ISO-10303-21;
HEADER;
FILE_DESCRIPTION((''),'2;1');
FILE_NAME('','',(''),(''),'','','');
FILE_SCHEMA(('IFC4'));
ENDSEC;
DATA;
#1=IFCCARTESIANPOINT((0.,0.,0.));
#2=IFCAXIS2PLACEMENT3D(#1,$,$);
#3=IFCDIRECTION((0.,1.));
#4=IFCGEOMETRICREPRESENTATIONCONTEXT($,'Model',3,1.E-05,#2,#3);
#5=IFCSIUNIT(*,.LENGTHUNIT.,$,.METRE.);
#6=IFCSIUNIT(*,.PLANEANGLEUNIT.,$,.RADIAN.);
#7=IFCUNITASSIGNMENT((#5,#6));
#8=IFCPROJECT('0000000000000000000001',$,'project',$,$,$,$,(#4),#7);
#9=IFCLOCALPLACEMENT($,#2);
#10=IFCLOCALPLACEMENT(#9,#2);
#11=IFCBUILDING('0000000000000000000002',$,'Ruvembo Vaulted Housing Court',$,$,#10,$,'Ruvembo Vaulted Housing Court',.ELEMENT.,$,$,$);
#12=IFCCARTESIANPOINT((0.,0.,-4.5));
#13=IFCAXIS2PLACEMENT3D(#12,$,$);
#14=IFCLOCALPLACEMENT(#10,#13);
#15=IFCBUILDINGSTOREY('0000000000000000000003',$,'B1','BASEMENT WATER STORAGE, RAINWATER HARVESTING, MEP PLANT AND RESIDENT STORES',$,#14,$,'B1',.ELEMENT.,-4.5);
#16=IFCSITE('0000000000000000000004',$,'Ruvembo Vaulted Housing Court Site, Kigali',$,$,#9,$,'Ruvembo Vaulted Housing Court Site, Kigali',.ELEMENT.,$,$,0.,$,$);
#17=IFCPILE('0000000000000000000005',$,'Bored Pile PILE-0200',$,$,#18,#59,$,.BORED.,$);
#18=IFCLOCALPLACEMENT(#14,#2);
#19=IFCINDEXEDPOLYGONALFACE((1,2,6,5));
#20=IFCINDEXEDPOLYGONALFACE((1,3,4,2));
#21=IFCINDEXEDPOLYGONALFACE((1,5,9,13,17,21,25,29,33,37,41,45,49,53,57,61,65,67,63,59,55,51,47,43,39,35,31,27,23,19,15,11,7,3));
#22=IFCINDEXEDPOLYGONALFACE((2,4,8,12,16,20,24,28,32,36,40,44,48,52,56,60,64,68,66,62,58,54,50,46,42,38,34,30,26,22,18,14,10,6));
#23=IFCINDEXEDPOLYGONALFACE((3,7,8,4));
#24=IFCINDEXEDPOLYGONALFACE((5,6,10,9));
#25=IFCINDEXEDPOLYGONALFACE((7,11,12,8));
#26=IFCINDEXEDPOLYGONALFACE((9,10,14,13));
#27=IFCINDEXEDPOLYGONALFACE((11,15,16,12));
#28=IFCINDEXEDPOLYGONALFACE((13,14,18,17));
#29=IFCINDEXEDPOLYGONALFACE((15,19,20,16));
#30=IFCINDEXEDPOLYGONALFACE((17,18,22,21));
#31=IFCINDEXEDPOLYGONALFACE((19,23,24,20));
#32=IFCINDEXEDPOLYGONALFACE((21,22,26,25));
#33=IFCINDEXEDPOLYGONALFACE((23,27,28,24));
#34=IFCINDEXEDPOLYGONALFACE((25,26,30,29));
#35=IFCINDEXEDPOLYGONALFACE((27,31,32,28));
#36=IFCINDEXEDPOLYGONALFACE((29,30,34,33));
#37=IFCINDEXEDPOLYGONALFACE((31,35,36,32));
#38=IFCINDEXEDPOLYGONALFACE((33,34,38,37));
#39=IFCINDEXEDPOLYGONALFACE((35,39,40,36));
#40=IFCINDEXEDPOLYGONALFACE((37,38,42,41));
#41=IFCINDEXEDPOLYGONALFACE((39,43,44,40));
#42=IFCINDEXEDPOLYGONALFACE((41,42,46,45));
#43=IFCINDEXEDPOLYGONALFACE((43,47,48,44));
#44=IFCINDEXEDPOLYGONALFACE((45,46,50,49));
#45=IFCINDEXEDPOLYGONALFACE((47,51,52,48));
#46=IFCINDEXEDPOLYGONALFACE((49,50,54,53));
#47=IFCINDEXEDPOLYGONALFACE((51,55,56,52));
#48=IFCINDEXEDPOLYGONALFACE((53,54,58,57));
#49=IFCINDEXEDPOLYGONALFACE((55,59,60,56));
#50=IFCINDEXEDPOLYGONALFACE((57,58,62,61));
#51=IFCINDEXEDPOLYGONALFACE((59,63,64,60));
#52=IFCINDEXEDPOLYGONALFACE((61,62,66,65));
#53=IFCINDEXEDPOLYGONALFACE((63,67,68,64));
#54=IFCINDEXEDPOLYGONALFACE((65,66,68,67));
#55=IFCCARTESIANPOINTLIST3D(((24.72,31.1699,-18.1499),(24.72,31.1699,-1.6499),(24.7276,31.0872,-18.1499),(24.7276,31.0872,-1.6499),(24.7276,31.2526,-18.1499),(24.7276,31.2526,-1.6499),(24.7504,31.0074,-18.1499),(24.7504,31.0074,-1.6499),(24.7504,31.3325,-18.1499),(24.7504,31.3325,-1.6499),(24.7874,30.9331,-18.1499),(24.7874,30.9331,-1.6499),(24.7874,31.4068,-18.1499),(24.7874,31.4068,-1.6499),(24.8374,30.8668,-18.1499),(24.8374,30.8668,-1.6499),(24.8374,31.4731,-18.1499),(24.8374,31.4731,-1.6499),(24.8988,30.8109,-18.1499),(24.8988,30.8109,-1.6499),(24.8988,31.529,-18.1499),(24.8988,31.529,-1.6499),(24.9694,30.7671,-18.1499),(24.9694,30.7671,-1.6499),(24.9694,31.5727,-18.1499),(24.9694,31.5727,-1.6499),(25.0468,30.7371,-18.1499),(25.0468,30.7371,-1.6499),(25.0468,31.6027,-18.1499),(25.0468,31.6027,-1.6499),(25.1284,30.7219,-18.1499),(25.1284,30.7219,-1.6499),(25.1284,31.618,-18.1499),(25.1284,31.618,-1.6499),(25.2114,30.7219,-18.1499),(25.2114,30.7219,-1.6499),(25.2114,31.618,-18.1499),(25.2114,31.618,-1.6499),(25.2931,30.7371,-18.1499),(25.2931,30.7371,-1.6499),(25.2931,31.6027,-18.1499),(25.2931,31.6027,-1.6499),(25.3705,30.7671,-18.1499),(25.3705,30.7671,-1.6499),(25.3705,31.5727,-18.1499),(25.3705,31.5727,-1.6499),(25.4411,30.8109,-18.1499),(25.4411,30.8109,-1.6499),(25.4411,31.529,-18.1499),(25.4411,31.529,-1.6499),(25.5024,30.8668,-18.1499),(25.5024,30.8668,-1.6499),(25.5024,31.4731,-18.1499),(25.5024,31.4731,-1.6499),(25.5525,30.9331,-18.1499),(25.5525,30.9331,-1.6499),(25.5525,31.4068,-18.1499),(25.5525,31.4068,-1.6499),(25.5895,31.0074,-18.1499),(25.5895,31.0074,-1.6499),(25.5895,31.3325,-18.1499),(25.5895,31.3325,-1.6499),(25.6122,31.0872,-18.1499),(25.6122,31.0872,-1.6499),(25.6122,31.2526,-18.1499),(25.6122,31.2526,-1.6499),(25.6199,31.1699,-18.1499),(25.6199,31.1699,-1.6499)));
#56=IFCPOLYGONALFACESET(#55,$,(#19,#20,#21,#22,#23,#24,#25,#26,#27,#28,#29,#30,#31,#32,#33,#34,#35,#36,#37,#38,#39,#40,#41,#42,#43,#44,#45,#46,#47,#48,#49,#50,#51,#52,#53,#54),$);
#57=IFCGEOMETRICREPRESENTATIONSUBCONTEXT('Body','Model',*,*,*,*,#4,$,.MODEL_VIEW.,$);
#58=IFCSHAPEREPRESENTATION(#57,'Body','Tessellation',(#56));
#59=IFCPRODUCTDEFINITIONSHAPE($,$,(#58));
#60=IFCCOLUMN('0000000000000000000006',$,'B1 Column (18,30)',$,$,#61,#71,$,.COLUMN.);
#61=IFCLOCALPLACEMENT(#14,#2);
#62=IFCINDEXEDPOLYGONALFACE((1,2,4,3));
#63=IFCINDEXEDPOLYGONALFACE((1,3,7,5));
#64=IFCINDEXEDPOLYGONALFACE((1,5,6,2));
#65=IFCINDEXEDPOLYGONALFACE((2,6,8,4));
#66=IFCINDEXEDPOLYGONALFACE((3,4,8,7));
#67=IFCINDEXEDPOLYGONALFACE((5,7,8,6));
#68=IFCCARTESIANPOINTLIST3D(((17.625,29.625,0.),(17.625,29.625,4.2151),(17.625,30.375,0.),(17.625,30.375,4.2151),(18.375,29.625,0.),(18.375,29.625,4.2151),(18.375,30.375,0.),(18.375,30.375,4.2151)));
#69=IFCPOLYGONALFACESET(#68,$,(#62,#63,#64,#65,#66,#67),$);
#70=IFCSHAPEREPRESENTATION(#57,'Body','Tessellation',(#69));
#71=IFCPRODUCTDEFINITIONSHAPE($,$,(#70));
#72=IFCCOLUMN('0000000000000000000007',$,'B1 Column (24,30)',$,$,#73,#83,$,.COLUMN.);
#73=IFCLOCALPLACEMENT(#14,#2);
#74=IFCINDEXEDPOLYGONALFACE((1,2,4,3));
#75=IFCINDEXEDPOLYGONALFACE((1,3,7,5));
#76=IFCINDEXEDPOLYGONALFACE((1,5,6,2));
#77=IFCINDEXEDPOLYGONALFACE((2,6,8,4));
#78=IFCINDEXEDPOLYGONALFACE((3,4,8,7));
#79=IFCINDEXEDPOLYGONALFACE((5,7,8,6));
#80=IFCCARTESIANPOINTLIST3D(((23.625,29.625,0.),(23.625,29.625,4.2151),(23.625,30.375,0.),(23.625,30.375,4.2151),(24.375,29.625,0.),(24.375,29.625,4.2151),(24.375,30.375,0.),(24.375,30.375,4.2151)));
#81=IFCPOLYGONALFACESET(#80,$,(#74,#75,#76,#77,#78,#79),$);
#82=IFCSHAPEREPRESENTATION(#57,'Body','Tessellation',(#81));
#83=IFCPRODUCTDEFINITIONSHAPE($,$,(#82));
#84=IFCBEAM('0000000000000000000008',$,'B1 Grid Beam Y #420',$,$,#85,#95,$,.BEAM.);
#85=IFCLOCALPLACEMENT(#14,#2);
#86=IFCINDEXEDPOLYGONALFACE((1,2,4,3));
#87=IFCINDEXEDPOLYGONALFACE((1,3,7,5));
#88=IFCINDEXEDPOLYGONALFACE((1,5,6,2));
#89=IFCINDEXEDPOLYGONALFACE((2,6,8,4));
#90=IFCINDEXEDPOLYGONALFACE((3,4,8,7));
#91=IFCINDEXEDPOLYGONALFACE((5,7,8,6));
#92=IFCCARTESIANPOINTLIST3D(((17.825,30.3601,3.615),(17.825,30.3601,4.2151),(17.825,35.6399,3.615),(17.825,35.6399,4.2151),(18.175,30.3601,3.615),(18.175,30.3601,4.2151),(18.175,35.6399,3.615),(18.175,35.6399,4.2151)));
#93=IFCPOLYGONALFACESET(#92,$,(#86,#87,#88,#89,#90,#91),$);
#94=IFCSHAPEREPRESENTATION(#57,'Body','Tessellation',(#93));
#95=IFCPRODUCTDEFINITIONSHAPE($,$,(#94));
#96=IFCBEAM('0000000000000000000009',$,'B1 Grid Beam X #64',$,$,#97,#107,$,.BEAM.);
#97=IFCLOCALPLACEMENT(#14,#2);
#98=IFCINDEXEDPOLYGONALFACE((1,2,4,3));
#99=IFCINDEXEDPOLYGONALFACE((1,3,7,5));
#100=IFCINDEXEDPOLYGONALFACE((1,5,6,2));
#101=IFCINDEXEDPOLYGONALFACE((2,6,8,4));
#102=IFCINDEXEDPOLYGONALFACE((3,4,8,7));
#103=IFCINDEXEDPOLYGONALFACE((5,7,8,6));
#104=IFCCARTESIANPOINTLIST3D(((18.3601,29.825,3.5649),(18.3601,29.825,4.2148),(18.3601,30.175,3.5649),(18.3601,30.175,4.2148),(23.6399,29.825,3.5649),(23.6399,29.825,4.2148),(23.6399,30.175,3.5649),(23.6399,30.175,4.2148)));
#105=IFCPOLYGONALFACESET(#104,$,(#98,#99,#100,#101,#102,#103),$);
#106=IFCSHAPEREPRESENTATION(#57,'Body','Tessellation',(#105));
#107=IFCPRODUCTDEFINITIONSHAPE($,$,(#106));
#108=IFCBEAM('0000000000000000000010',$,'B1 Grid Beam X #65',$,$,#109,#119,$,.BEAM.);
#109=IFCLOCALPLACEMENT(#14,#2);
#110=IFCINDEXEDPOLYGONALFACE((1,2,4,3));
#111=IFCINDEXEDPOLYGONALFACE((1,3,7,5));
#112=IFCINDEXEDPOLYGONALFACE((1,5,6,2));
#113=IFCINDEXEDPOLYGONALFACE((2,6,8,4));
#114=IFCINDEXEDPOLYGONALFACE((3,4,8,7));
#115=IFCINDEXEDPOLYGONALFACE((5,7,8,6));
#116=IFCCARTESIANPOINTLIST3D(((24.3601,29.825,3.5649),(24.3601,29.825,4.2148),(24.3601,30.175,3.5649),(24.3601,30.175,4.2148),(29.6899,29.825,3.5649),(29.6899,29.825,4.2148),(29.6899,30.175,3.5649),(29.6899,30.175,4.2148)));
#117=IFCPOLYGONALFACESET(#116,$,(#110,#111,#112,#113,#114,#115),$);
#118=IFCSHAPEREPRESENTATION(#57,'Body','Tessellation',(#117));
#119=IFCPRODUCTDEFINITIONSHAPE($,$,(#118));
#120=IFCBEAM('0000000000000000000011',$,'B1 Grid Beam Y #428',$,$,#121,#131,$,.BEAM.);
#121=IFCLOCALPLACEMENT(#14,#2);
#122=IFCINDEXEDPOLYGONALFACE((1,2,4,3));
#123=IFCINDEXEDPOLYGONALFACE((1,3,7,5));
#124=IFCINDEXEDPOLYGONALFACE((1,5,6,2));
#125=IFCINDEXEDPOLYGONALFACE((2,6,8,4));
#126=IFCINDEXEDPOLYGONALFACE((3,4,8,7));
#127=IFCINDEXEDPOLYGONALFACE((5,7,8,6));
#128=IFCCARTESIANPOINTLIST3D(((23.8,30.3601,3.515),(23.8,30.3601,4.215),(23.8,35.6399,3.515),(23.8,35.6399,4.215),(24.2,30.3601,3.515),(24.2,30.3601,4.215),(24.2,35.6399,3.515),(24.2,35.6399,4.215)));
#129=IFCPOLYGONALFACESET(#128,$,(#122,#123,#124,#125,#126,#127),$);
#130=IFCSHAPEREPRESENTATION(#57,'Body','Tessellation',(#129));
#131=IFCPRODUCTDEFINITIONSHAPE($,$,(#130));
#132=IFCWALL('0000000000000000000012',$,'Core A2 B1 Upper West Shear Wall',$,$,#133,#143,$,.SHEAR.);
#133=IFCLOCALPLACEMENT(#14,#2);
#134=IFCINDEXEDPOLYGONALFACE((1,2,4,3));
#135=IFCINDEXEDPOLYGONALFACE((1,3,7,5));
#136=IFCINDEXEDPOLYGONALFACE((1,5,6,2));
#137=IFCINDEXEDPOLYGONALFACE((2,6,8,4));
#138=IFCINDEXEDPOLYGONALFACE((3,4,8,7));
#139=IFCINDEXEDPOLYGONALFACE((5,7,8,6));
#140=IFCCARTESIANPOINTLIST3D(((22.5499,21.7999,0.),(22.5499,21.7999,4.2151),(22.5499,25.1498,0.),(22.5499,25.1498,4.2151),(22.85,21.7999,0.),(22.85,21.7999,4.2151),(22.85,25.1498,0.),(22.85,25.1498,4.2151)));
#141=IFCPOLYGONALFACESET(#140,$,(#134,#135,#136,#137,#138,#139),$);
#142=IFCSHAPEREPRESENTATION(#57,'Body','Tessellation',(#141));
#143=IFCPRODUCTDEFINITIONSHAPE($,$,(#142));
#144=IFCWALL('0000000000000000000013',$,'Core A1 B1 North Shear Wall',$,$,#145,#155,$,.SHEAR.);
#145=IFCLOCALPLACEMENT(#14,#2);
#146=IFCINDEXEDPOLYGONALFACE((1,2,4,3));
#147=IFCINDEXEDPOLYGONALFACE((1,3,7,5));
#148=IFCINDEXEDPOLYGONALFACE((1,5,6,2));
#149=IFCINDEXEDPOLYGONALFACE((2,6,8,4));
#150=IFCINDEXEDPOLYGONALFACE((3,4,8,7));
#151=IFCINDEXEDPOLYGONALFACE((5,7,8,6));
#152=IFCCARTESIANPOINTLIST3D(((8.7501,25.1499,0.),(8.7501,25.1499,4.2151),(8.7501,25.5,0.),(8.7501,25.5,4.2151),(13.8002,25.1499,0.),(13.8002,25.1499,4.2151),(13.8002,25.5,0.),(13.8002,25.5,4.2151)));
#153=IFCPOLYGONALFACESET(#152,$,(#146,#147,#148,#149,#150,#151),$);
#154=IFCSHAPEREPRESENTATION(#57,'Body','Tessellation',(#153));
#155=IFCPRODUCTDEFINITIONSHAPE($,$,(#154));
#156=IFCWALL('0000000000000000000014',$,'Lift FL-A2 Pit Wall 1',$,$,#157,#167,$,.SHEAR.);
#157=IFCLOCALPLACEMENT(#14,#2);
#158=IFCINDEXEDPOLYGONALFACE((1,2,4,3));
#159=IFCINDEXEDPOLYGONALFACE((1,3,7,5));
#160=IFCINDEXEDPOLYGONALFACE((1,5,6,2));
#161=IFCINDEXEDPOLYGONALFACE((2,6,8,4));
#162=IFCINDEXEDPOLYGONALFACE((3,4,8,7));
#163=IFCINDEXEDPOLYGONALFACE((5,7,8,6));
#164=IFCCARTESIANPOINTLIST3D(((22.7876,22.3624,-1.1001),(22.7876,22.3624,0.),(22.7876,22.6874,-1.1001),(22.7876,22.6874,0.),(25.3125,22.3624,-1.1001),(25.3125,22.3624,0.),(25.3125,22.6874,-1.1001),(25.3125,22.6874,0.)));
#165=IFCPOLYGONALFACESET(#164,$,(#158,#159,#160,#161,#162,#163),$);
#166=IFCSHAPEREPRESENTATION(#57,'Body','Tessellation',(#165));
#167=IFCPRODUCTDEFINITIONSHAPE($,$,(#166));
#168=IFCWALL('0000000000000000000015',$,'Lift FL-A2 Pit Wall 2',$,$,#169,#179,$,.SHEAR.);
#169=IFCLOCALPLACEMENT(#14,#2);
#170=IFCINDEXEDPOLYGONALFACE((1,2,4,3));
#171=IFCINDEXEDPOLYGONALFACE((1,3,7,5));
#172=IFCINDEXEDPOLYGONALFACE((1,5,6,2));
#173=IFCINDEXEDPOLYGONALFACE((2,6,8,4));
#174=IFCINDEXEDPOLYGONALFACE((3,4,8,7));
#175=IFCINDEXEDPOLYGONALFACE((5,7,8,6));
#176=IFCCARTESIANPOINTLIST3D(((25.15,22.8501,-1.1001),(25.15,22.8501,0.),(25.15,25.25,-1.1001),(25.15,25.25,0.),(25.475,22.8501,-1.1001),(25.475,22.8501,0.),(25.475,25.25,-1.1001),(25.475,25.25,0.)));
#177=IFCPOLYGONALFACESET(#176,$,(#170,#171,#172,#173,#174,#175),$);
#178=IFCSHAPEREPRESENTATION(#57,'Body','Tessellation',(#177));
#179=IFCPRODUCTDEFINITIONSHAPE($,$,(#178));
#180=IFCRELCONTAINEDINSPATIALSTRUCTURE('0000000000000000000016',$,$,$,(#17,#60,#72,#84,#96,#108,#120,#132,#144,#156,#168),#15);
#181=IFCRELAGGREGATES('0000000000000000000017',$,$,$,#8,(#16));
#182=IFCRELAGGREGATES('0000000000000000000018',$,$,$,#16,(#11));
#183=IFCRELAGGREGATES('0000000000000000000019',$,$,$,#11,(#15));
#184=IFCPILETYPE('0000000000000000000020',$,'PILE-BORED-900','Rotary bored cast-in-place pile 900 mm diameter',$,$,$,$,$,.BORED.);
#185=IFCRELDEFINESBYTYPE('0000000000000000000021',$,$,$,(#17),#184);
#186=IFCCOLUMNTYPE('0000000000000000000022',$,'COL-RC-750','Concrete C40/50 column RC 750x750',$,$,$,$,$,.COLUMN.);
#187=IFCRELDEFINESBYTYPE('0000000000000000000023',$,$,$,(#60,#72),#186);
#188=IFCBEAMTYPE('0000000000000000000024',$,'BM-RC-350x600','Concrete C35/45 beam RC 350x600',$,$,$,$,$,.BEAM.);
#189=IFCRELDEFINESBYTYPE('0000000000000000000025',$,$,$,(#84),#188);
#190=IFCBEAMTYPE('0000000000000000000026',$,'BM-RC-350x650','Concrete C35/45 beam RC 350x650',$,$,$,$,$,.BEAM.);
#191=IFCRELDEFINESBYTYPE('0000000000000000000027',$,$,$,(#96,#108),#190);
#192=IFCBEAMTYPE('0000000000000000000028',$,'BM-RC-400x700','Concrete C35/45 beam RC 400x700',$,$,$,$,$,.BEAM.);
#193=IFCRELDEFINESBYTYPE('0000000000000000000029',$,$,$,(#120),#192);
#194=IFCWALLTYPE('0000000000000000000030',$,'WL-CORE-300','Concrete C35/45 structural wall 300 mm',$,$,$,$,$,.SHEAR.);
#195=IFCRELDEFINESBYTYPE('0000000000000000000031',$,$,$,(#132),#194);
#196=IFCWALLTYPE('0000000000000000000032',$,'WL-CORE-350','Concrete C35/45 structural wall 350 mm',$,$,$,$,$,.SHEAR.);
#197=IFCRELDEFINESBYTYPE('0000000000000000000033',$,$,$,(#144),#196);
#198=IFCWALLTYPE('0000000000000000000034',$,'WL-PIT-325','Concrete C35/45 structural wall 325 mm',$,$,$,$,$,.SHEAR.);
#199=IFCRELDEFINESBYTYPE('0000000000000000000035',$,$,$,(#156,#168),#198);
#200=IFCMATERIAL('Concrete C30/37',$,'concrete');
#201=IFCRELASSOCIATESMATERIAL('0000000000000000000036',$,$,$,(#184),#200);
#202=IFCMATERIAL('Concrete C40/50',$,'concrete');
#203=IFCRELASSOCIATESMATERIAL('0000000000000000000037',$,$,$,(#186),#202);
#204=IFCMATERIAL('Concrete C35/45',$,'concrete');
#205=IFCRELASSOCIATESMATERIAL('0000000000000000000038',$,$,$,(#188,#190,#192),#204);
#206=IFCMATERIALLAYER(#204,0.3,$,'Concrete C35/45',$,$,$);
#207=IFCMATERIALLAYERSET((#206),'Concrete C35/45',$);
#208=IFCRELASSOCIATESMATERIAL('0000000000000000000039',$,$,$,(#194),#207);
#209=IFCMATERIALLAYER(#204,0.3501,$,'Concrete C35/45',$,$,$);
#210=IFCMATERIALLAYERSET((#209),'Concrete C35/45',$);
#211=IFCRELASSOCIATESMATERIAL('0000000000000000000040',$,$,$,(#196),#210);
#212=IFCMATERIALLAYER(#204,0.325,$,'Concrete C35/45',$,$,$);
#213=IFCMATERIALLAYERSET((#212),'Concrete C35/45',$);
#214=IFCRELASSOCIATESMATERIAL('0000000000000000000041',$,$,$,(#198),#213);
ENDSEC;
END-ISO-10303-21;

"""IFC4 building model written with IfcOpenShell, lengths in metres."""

from ifc_helpers import new_model, si_unit, direction, frame, frame_2d, origin, origin_2d, place, context, subcontext, project, spatial, rectangle, circle, extrude, material, layer, layer_set, material_profile, profile_set, type_object, element, save


model = new_model("IFC4")

# Units and contexts
model_context = context("Model", 3, precision=1e-05, world=origin(), true_north=direction((0.0, 1.0)))
body_context = subcontext(model_context, "Body", "Model", "MODEL_VIEW")
ifc_project = project(units=[si_unit("LENGTHUNIT", "METRE"), si_unit("PLANEANGLEUNIT", "RADIAN")], contexts=[model_context])

# Site, building, storey
site_placement = place(None, origin())
site = spatial("IfcSite", under=ifc_project, at=site_placement, Name="Ruvembo Vaulted Housing Court Site, Kigali", LongName="Ruvembo Vaulted Housing Court Site, Kigali", CompositionType="ELEMENT", RefElevation=0.0)
building_placement = place(site_placement, origin())
building = spatial("IfcBuilding", under=site, at=building_placement, Name="Ruvembo Vaulted Housing Court", LongName="Ruvembo Vaulted Housing Court", CompositionType="ELEMENT")
storey_placement = place(building_placement, frame((0.0, 0.0, -4.5)))
storey = spatial("IfcBuildingStorey", under=building, at=storey_placement, Name="B1", Description="BASEMENT WATER STORAGE, RAINWATER HARVESTING, MEP PLANT AND RESIDENT STORES", LongName="B1", CompositionType="ELEMENT", Elevation=-4.5)

# Shared definitions
ifc_material_1 = material(Name="Concrete C35/45", Category="concrete")

# Pile
ifc_material_2 = material(Name="Concrete C30/37", Category="concrete")
ifc_material_profile_1 = material_profile(ifc_material_2, circle(Radius=0.45, at=origin_2d()), Name="PILE D900")
ifc_profile_set_1 = profile_set([ifc_material_profile_1], Name="Concrete C30/37")
pile_type_1 = type_object("IfcPileType", Name="PILE-BORED-900", Description="Rotary bored cast-in-place pile 900 mm diameter", PredefinedType="BORED", material=ifc_profile_set_1)
for number, where, z_axis, x_axis, name in (
    (1, (25.1699, 31.1699, -1.6499), (0.0, 0.0, -1.0), (1.0, 0.0, 0.0), "Bored Pile PILE-0200"),
):
    element("IfcPile", number, at=place(storey_placement, frame(where, z_axis=z_axis, x_axis=x_axis)), inside=storey, type_object=pile_type_1, Name=name, PredefinedType="BORED", context=body_context, shape_type="SweptSolid", body=[
        extrude(circle(Radius=0.45, at=origin_2d()), origin(), (0.0, 0.0, 1.0), 16.5),
    ])

# Columns
ifc_material_3 = material(Name="Concrete C40/50", Category="concrete")
ifc_material_profile_2 = material_profile(ifc_material_3, rectangle(XDim=0.75, YDim=0.75, at=origin_2d()), Name="RC 750x750")
ifc_profile_set_2 = profile_set([ifc_material_profile_2], Name="Concrete C40/50")
column_type = type_object("IfcColumnType", Name="COL-RC-750", Description="Concrete C40/50 column RC 750x750", PredefinedType="COLUMN", material=ifc_profile_set_2)
for number, where, z_axis, x_axis, name in (
    (2, (18.0, 30.0, 0.0), (0.0, 0.0, 1.0), (1.0, 0.0, 0.0), "B1 Column (18,30)"),
    (3, (24.0, 30.0, 0.0), (0.0, 0.0, 1.0), (1.0, 0.0, 0.0), "B1 Column (24,30)"),
):
    element("IfcColumn", number, at=place(storey_placement, frame(where, z_axis=z_axis, x_axis=x_axis)), inside=storey, type_object=column_type, Name=name, PredefinedType="COLUMN", context=body_context, shape_type="SweptSolid", body=[
        extrude(rectangle(XDim=0.75, YDim=0.75, at=origin_2d()), origin(), (0.0, 0.0, 1.0), 4.2151),
    ])

# Beams
ifc_material_profile_3 = material_profile(ifc_material_1, rectangle(XDim=0.3501, YDim=0.6001, at=origin_2d()), Name="RC 350x600")
ifc_profile_set_3 = profile_set([ifc_material_profile_3], Name="Concrete C35/45")
beam_type_1 = type_object("IfcBeamType", Name="BM-RC-350x600", Description="Concrete C35/45 beam RC 350x600", PredefinedType="BEAM", material=ifc_profile_set_3)
beam_1_placement = place(storey_placement, frame((18.0, 30.3601, 3.915), z_axis=(0.0, 1.0, 0.0), x_axis=(-1.0, 0.0, 0.0)))
element("IfcBeam", 4, at=beam_1_placement, inside=storey, type_object=beam_type_1, Name="B1 Grid Beam Y #420", PredefinedType="BEAM", context=body_context, shape_type="SweptSolid", body=[
    extrude(rectangle(XDim=0.3501, YDim=0.6001, at=origin_2d()), origin(), (0.0, 0.0, 1.0), 5.2798),
])
ifc_material_profile_4 = material_profile(ifc_material_1, rectangle(XDim=0.3501, YDim=0.6499, at=origin_2d()), Name="RC 350x650")
ifc_profile_set_4 = profile_set([ifc_material_profile_4], Name="Concrete C35/45")
beam_type_2 = type_object("IfcBeamType", Name="BM-RC-350x650", Description="Concrete C35/45 beam RC 350x650", PredefinedType="BEAM", material=ifc_profile_set_4)
beam_2_placement = place(storey_placement, frame((18.3601, 30.0, 3.8899), z_axis=(1.0, 0.0, 0.0), x_axis=(0.0, 1.0, 0.0)))
element("IfcBeam", 5, at=beam_2_placement, inside=storey, type_object=beam_type_2, Name="B1 Grid Beam X #64", PredefinedType="BEAM", context=body_context, shape_type="SweptSolid", body=[
    extrude(rectangle(XDim=0.3501, YDim=0.6499, at=origin_2d()), origin(), (0.0, 0.0, 1.0), 5.2798),
])
beam_3_placement = place(storey_placement, frame((24.3601, 30.0, 3.8899), z_axis=(1.0, 0.0, 0.0), x_axis=(0.0, 1.0, 0.0)))
element("IfcBeam", 6, at=beam_3_placement, inside=storey, type_object=beam_type_2, Name="B1 Grid Beam X #65", PredefinedType="BEAM", context=body_context, shape_type="SweptSolid", body=[
    extrude(rectangle(XDim=0.3501, YDim=0.6499, at=origin_2d()), origin(), (0.0, 0.0, 1.0), 5.3298),
])
ifc_material_profile_5 = material_profile(ifc_material_1, rectangle(XDim=0.3999, YDim=0.7, at=origin_2d()), Name="RC 400x700")
ifc_profile_set_5 = profile_set([ifc_material_profile_5], Name="Concrete C35/45")
beam_type_3 = type_object("IfcBeamType", Name="BM-RC-400x700", Description="Concrete C35/45 beam RC 400x700", PredefinedType="BEAM", material=ifc_profile_set_5)
beam_4_placement = place(storey_placement, frame((24.0, 30.3601, 3.865), z_axis=(0.0, 1.0, 0.0), x_axis=(-1.0, 0.0, 0.0)))
element("IfcBeam", 7, at=beam_4_placement, inside=storey, type_object=beam_type_3, Name="B1 Grid Beam Y #428", PredefinedType="BEAM", context=body_context, shape_type="SweptSolid", body=[
    extrude(rectangle(XDim=0.3999, YDim=0.7, at=origin_2d()), origin(), (0.0, 0.0, 1.0), 5.2798),
])

# Walls
ifc_layer_1 = layer(ifc_material_1, 0.3, Name="Concrete C35/45")
ifc_layer_set_1 = layer_set([ifc_layer_1], Name="Concrete C35/45")
wall_type_1 = type_object("IfcWallType", Name="WL-CORE-300", Description="Concrete C35/45 structural wall 300 mm", PredefinedType="SHEAR", material=ifc_layer_set_1)
wall_1_placement = place(storey_placement, frame((22.7, 21.8, 0.0), z_axis=(0.0, 0.0, 1.0), x_axis=(0.0, 1.0, 0.0)))
element("IfcWall", 8, at=wall_1_placement, inside=storey, type_object=wall_type_1, Name="Core A2 B1 Upper West Shear Wall", PredefinedType="SHEAR", context=body_context, shape_type="SweptSolid", body=[
    extrude(rectangle(XDim=3.3499, YDim=0.3, at=frame_2d((1.6748, 0.0))), origin(), (0.0, 0.0, 1.0), 4.2151),
])
ifc_layer_2 = layer(ifc_material_1, 0.3501, Name="Concrete C35/45")
ifc_layer_set_2 = layer_set([ifc_layer_2], Name="Concrete C35/45")
wall_type_2 = type_object("IfcWallType", Name="WL-CORE-350", Description="Concrete C35/45 structural wall 350 mm", PredefinedType="SHEAR", material=ifc_layer_set_2)
wall_2_placement = place(storey_placement, frame((13.8, 25.325, 0.0), z_axis=(0.0, 0.0, 1.0), x_axis=(-1.0, 0.0, 0.0)))
element("IfcWall", 9, at=wall_2_placement, inside=storey, type_object=wall_type_2, Name="Core A1 B1 North Shear Wall", PredefinedType="SHEAR", context=body_context, shape_type="SweptSolid", body=[
    extrude(rectangle(XDim=5.05, YDim=0.3501, at=frame_2d((2.5249, 0.0))), origin(), (0.0, 0.0, 1.0), 4.2151),
])
ifc_layer_3 = layer(ifc_material_1, 0.325, Name="Concrete C35/45")
ifc_layer_set_3 = layer_set([ifc_layer_3], Name="Concrete C35/45")
wall_type_3 = type_object("IfcWallType", Name="WL-PIT-325", Description="Concrete C35/45 structural wall 325 mm", PredefinedType="SHEAR", material=ifc_layer_set_3)
wall_3_placement = place(storey_placement, frame((22.7876, 22.5249, -1.1001), z_axis=(0.0, 0.0, 1.0), x_axis=(1.0, 0.0, 0.0)))
element("IfcWall", 10, at=wall_3_placement, inside=storey, type_object=wall_type_3, Name="Lift FL-A2 Pit Wall 1", PredefinedType="SHEAR", context=body_context, shape_type="SweptSolid", body=[
    extrude(rectangle(XDim=2.5249, YDim=0.325, at=frame_2d((1.2625, 0.0))), origin(), (0.0, 0.0, 1.0), 1.1001),
])
for number, where, z_axis, x_axis, name in (
    (11, (25.3125, 22.8501, -1.1001), (0.0, 0.0, 1.0), (0.0, 1.0, 0.0), "Lift FL-A2 Pit Wall 2"),
):
    element("IfcWall", number, at=place(storey_placement, frame(where, z_axis=z_axis, x_axis=x_axis)), inside=storey, type_object=wall_type_3, Name=name, PredefinedType="SHEAR", context=body_context, shape_type="SweptSolid", body=[
        extrude(rectangle(XDim=2.3999, YDim=0.325, at=frame_2d((1.2, 0.0))), origin(), (0.0, 0.0, 1.0), 1.1001),
    ])

save(model, "model.ifc")
